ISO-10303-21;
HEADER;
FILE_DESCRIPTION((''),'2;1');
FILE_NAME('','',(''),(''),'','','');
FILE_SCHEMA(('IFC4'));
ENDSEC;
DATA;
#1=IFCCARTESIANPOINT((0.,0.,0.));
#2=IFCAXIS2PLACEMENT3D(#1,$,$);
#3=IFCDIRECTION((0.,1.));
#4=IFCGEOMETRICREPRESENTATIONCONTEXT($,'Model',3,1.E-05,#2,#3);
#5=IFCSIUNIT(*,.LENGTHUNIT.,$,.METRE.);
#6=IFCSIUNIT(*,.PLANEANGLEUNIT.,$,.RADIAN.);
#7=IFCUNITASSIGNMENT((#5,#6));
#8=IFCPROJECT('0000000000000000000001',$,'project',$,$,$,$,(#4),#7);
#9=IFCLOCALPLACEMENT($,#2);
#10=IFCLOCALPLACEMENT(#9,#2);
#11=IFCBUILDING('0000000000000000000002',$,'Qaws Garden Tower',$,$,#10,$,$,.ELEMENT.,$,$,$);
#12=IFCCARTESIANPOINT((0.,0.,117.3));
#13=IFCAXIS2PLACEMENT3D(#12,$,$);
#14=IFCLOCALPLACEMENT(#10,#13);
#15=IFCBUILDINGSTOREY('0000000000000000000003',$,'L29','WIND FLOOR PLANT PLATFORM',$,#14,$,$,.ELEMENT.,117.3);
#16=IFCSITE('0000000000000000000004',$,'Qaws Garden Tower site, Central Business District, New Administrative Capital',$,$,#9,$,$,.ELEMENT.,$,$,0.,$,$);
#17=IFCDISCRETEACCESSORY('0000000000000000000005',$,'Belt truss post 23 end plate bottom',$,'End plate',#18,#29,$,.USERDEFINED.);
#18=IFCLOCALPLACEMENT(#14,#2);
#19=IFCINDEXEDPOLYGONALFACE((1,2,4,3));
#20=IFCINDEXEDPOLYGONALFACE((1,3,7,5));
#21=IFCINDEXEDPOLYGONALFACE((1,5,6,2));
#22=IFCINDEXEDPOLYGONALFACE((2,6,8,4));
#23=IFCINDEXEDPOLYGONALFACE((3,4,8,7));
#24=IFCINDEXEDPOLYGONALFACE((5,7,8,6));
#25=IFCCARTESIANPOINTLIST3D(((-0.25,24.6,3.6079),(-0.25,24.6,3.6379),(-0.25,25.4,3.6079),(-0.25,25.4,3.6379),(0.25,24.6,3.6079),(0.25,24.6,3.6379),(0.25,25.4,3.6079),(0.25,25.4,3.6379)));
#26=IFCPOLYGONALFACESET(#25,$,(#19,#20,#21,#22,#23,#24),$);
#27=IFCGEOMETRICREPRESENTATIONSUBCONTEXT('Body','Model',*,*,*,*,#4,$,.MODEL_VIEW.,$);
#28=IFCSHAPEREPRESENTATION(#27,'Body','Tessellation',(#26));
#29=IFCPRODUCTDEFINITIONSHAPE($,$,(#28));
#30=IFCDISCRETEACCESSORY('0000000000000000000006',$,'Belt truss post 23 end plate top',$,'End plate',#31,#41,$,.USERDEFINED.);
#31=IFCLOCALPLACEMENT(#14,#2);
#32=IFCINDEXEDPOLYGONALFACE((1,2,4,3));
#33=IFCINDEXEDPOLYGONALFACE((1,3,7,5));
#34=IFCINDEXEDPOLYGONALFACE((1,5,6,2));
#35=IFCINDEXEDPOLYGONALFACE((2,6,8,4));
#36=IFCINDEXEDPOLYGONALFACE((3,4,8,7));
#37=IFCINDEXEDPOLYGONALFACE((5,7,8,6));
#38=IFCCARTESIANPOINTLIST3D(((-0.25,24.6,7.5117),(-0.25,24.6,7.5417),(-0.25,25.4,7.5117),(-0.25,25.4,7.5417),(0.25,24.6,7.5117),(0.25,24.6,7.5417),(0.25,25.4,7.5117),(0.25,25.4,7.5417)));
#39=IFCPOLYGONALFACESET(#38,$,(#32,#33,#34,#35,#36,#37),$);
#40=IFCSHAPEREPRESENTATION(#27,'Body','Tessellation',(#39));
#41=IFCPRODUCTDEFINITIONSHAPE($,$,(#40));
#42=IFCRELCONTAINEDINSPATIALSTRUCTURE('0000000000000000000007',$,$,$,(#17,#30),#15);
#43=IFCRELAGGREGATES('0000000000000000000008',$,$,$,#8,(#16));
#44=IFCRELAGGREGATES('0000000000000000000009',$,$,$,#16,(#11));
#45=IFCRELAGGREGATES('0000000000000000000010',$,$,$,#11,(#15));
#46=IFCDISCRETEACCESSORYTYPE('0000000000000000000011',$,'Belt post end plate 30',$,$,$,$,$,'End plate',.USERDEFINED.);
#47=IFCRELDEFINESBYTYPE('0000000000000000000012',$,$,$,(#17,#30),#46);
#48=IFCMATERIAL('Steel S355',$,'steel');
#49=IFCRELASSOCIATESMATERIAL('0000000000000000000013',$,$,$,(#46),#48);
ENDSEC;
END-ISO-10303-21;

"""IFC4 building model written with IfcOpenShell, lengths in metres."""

from ifc_helpers import new_model, si_unit, direction, frame, origin, origin_2d, place, context, subcontext, project, spatial, rectangle, extrude, material, type_object, element, save


model = new_model("IFC4")

# Units and contexts
model_context = context("Model", 3, precision=1e-05, world=origin(), true_north=direction((0.0, 1.0)))
body_context = subcontext(model_context, "Body", "Model", "MODEL_VIEW")
ifc_project = project(units=[si_unit("LENGTHUNIT", "METRE"), si_unit("PLANEANGLEUNIT", "RADIAN")], contexts=[model_context])

# Site, building, storey
site_placement = place(None, origin())
site = spatial("IfcSite", under=ifc_project, at=site_placement, Name="Qaws Garden Tower site, Central Business District, New Administrative Capital", CompositionType="ELEMENT", RefElevation=0.0)
building_placement = place(site_placement, origin())
building = spatial("IfcBuilding", under=site, at=building_placement, Name="Qaws Garden Tower", CompositionType="ELEMENT")
storey_placement = place(building_placement, frame((0.0, 0.0, 117.3)))
storey = spatial("IfcBuildingStorey", under=building, at=storey_placement, Name="L29", Description="WIND FLOOR PLANT PLATFORM", CompositionType="ELEMENT", Elevation=117.3)

# Shared definitions
placement = place(storey_placement, frame((0.0, 25.0, 3.6079), z_axis=(0.0, 0.0, 1.0), x_axis=(1.0, 0.0, 0.0)))

# Discrete accessories
ifc_material_1 = material(Name="Steel S355", Category="steel")
discrete_accessory_type = type_object("IfcDiscreteAccessoryType", Name="Belt post end plate 30", ElementType="End plate", PredefinedType="USERDEFINED", material=ifc_material_1)
element("IfcDiscreteAccessory", 1, at=placement, inside=storey, type_object=discrete_accessory_type, Name="Belt truss post 23 end plate bottom", ObjectType="End plate", PredefinedType="USERDEFINED", context=body_context, shape_type="SweptSolid", body=[
    extrude(rectangle(XDim=0.5, YDim=0.8, at=origin_2d()), origin(), (0.0, 0.0, 1.0), 0.03),
])
discrete_accessory_1_placement = place(storey_placement, frame((0.0, 25.0, 7.5117), z_axis=(0.0, 0.0, 1.0), x_axis=(1.0, 0.0, 0.0)))
element("IfcDiscreteAccessory", 2, at=discrete_accessory_1_placement, inside=storey, type_object=discrete_accessory_type, Name="Belt truss post 23 end plate top", ObjectType="End plate", PredefinedType="USERDEFINED", context=body_context, shape_type="SweptSolid", body=[
    extrude(rectangle(XDim=0.5, YDim=0.8, at=origin_2d()), origin(), (0.0, 0.0, 1.0), 0.03),
])

save(model, "model.ifc")
